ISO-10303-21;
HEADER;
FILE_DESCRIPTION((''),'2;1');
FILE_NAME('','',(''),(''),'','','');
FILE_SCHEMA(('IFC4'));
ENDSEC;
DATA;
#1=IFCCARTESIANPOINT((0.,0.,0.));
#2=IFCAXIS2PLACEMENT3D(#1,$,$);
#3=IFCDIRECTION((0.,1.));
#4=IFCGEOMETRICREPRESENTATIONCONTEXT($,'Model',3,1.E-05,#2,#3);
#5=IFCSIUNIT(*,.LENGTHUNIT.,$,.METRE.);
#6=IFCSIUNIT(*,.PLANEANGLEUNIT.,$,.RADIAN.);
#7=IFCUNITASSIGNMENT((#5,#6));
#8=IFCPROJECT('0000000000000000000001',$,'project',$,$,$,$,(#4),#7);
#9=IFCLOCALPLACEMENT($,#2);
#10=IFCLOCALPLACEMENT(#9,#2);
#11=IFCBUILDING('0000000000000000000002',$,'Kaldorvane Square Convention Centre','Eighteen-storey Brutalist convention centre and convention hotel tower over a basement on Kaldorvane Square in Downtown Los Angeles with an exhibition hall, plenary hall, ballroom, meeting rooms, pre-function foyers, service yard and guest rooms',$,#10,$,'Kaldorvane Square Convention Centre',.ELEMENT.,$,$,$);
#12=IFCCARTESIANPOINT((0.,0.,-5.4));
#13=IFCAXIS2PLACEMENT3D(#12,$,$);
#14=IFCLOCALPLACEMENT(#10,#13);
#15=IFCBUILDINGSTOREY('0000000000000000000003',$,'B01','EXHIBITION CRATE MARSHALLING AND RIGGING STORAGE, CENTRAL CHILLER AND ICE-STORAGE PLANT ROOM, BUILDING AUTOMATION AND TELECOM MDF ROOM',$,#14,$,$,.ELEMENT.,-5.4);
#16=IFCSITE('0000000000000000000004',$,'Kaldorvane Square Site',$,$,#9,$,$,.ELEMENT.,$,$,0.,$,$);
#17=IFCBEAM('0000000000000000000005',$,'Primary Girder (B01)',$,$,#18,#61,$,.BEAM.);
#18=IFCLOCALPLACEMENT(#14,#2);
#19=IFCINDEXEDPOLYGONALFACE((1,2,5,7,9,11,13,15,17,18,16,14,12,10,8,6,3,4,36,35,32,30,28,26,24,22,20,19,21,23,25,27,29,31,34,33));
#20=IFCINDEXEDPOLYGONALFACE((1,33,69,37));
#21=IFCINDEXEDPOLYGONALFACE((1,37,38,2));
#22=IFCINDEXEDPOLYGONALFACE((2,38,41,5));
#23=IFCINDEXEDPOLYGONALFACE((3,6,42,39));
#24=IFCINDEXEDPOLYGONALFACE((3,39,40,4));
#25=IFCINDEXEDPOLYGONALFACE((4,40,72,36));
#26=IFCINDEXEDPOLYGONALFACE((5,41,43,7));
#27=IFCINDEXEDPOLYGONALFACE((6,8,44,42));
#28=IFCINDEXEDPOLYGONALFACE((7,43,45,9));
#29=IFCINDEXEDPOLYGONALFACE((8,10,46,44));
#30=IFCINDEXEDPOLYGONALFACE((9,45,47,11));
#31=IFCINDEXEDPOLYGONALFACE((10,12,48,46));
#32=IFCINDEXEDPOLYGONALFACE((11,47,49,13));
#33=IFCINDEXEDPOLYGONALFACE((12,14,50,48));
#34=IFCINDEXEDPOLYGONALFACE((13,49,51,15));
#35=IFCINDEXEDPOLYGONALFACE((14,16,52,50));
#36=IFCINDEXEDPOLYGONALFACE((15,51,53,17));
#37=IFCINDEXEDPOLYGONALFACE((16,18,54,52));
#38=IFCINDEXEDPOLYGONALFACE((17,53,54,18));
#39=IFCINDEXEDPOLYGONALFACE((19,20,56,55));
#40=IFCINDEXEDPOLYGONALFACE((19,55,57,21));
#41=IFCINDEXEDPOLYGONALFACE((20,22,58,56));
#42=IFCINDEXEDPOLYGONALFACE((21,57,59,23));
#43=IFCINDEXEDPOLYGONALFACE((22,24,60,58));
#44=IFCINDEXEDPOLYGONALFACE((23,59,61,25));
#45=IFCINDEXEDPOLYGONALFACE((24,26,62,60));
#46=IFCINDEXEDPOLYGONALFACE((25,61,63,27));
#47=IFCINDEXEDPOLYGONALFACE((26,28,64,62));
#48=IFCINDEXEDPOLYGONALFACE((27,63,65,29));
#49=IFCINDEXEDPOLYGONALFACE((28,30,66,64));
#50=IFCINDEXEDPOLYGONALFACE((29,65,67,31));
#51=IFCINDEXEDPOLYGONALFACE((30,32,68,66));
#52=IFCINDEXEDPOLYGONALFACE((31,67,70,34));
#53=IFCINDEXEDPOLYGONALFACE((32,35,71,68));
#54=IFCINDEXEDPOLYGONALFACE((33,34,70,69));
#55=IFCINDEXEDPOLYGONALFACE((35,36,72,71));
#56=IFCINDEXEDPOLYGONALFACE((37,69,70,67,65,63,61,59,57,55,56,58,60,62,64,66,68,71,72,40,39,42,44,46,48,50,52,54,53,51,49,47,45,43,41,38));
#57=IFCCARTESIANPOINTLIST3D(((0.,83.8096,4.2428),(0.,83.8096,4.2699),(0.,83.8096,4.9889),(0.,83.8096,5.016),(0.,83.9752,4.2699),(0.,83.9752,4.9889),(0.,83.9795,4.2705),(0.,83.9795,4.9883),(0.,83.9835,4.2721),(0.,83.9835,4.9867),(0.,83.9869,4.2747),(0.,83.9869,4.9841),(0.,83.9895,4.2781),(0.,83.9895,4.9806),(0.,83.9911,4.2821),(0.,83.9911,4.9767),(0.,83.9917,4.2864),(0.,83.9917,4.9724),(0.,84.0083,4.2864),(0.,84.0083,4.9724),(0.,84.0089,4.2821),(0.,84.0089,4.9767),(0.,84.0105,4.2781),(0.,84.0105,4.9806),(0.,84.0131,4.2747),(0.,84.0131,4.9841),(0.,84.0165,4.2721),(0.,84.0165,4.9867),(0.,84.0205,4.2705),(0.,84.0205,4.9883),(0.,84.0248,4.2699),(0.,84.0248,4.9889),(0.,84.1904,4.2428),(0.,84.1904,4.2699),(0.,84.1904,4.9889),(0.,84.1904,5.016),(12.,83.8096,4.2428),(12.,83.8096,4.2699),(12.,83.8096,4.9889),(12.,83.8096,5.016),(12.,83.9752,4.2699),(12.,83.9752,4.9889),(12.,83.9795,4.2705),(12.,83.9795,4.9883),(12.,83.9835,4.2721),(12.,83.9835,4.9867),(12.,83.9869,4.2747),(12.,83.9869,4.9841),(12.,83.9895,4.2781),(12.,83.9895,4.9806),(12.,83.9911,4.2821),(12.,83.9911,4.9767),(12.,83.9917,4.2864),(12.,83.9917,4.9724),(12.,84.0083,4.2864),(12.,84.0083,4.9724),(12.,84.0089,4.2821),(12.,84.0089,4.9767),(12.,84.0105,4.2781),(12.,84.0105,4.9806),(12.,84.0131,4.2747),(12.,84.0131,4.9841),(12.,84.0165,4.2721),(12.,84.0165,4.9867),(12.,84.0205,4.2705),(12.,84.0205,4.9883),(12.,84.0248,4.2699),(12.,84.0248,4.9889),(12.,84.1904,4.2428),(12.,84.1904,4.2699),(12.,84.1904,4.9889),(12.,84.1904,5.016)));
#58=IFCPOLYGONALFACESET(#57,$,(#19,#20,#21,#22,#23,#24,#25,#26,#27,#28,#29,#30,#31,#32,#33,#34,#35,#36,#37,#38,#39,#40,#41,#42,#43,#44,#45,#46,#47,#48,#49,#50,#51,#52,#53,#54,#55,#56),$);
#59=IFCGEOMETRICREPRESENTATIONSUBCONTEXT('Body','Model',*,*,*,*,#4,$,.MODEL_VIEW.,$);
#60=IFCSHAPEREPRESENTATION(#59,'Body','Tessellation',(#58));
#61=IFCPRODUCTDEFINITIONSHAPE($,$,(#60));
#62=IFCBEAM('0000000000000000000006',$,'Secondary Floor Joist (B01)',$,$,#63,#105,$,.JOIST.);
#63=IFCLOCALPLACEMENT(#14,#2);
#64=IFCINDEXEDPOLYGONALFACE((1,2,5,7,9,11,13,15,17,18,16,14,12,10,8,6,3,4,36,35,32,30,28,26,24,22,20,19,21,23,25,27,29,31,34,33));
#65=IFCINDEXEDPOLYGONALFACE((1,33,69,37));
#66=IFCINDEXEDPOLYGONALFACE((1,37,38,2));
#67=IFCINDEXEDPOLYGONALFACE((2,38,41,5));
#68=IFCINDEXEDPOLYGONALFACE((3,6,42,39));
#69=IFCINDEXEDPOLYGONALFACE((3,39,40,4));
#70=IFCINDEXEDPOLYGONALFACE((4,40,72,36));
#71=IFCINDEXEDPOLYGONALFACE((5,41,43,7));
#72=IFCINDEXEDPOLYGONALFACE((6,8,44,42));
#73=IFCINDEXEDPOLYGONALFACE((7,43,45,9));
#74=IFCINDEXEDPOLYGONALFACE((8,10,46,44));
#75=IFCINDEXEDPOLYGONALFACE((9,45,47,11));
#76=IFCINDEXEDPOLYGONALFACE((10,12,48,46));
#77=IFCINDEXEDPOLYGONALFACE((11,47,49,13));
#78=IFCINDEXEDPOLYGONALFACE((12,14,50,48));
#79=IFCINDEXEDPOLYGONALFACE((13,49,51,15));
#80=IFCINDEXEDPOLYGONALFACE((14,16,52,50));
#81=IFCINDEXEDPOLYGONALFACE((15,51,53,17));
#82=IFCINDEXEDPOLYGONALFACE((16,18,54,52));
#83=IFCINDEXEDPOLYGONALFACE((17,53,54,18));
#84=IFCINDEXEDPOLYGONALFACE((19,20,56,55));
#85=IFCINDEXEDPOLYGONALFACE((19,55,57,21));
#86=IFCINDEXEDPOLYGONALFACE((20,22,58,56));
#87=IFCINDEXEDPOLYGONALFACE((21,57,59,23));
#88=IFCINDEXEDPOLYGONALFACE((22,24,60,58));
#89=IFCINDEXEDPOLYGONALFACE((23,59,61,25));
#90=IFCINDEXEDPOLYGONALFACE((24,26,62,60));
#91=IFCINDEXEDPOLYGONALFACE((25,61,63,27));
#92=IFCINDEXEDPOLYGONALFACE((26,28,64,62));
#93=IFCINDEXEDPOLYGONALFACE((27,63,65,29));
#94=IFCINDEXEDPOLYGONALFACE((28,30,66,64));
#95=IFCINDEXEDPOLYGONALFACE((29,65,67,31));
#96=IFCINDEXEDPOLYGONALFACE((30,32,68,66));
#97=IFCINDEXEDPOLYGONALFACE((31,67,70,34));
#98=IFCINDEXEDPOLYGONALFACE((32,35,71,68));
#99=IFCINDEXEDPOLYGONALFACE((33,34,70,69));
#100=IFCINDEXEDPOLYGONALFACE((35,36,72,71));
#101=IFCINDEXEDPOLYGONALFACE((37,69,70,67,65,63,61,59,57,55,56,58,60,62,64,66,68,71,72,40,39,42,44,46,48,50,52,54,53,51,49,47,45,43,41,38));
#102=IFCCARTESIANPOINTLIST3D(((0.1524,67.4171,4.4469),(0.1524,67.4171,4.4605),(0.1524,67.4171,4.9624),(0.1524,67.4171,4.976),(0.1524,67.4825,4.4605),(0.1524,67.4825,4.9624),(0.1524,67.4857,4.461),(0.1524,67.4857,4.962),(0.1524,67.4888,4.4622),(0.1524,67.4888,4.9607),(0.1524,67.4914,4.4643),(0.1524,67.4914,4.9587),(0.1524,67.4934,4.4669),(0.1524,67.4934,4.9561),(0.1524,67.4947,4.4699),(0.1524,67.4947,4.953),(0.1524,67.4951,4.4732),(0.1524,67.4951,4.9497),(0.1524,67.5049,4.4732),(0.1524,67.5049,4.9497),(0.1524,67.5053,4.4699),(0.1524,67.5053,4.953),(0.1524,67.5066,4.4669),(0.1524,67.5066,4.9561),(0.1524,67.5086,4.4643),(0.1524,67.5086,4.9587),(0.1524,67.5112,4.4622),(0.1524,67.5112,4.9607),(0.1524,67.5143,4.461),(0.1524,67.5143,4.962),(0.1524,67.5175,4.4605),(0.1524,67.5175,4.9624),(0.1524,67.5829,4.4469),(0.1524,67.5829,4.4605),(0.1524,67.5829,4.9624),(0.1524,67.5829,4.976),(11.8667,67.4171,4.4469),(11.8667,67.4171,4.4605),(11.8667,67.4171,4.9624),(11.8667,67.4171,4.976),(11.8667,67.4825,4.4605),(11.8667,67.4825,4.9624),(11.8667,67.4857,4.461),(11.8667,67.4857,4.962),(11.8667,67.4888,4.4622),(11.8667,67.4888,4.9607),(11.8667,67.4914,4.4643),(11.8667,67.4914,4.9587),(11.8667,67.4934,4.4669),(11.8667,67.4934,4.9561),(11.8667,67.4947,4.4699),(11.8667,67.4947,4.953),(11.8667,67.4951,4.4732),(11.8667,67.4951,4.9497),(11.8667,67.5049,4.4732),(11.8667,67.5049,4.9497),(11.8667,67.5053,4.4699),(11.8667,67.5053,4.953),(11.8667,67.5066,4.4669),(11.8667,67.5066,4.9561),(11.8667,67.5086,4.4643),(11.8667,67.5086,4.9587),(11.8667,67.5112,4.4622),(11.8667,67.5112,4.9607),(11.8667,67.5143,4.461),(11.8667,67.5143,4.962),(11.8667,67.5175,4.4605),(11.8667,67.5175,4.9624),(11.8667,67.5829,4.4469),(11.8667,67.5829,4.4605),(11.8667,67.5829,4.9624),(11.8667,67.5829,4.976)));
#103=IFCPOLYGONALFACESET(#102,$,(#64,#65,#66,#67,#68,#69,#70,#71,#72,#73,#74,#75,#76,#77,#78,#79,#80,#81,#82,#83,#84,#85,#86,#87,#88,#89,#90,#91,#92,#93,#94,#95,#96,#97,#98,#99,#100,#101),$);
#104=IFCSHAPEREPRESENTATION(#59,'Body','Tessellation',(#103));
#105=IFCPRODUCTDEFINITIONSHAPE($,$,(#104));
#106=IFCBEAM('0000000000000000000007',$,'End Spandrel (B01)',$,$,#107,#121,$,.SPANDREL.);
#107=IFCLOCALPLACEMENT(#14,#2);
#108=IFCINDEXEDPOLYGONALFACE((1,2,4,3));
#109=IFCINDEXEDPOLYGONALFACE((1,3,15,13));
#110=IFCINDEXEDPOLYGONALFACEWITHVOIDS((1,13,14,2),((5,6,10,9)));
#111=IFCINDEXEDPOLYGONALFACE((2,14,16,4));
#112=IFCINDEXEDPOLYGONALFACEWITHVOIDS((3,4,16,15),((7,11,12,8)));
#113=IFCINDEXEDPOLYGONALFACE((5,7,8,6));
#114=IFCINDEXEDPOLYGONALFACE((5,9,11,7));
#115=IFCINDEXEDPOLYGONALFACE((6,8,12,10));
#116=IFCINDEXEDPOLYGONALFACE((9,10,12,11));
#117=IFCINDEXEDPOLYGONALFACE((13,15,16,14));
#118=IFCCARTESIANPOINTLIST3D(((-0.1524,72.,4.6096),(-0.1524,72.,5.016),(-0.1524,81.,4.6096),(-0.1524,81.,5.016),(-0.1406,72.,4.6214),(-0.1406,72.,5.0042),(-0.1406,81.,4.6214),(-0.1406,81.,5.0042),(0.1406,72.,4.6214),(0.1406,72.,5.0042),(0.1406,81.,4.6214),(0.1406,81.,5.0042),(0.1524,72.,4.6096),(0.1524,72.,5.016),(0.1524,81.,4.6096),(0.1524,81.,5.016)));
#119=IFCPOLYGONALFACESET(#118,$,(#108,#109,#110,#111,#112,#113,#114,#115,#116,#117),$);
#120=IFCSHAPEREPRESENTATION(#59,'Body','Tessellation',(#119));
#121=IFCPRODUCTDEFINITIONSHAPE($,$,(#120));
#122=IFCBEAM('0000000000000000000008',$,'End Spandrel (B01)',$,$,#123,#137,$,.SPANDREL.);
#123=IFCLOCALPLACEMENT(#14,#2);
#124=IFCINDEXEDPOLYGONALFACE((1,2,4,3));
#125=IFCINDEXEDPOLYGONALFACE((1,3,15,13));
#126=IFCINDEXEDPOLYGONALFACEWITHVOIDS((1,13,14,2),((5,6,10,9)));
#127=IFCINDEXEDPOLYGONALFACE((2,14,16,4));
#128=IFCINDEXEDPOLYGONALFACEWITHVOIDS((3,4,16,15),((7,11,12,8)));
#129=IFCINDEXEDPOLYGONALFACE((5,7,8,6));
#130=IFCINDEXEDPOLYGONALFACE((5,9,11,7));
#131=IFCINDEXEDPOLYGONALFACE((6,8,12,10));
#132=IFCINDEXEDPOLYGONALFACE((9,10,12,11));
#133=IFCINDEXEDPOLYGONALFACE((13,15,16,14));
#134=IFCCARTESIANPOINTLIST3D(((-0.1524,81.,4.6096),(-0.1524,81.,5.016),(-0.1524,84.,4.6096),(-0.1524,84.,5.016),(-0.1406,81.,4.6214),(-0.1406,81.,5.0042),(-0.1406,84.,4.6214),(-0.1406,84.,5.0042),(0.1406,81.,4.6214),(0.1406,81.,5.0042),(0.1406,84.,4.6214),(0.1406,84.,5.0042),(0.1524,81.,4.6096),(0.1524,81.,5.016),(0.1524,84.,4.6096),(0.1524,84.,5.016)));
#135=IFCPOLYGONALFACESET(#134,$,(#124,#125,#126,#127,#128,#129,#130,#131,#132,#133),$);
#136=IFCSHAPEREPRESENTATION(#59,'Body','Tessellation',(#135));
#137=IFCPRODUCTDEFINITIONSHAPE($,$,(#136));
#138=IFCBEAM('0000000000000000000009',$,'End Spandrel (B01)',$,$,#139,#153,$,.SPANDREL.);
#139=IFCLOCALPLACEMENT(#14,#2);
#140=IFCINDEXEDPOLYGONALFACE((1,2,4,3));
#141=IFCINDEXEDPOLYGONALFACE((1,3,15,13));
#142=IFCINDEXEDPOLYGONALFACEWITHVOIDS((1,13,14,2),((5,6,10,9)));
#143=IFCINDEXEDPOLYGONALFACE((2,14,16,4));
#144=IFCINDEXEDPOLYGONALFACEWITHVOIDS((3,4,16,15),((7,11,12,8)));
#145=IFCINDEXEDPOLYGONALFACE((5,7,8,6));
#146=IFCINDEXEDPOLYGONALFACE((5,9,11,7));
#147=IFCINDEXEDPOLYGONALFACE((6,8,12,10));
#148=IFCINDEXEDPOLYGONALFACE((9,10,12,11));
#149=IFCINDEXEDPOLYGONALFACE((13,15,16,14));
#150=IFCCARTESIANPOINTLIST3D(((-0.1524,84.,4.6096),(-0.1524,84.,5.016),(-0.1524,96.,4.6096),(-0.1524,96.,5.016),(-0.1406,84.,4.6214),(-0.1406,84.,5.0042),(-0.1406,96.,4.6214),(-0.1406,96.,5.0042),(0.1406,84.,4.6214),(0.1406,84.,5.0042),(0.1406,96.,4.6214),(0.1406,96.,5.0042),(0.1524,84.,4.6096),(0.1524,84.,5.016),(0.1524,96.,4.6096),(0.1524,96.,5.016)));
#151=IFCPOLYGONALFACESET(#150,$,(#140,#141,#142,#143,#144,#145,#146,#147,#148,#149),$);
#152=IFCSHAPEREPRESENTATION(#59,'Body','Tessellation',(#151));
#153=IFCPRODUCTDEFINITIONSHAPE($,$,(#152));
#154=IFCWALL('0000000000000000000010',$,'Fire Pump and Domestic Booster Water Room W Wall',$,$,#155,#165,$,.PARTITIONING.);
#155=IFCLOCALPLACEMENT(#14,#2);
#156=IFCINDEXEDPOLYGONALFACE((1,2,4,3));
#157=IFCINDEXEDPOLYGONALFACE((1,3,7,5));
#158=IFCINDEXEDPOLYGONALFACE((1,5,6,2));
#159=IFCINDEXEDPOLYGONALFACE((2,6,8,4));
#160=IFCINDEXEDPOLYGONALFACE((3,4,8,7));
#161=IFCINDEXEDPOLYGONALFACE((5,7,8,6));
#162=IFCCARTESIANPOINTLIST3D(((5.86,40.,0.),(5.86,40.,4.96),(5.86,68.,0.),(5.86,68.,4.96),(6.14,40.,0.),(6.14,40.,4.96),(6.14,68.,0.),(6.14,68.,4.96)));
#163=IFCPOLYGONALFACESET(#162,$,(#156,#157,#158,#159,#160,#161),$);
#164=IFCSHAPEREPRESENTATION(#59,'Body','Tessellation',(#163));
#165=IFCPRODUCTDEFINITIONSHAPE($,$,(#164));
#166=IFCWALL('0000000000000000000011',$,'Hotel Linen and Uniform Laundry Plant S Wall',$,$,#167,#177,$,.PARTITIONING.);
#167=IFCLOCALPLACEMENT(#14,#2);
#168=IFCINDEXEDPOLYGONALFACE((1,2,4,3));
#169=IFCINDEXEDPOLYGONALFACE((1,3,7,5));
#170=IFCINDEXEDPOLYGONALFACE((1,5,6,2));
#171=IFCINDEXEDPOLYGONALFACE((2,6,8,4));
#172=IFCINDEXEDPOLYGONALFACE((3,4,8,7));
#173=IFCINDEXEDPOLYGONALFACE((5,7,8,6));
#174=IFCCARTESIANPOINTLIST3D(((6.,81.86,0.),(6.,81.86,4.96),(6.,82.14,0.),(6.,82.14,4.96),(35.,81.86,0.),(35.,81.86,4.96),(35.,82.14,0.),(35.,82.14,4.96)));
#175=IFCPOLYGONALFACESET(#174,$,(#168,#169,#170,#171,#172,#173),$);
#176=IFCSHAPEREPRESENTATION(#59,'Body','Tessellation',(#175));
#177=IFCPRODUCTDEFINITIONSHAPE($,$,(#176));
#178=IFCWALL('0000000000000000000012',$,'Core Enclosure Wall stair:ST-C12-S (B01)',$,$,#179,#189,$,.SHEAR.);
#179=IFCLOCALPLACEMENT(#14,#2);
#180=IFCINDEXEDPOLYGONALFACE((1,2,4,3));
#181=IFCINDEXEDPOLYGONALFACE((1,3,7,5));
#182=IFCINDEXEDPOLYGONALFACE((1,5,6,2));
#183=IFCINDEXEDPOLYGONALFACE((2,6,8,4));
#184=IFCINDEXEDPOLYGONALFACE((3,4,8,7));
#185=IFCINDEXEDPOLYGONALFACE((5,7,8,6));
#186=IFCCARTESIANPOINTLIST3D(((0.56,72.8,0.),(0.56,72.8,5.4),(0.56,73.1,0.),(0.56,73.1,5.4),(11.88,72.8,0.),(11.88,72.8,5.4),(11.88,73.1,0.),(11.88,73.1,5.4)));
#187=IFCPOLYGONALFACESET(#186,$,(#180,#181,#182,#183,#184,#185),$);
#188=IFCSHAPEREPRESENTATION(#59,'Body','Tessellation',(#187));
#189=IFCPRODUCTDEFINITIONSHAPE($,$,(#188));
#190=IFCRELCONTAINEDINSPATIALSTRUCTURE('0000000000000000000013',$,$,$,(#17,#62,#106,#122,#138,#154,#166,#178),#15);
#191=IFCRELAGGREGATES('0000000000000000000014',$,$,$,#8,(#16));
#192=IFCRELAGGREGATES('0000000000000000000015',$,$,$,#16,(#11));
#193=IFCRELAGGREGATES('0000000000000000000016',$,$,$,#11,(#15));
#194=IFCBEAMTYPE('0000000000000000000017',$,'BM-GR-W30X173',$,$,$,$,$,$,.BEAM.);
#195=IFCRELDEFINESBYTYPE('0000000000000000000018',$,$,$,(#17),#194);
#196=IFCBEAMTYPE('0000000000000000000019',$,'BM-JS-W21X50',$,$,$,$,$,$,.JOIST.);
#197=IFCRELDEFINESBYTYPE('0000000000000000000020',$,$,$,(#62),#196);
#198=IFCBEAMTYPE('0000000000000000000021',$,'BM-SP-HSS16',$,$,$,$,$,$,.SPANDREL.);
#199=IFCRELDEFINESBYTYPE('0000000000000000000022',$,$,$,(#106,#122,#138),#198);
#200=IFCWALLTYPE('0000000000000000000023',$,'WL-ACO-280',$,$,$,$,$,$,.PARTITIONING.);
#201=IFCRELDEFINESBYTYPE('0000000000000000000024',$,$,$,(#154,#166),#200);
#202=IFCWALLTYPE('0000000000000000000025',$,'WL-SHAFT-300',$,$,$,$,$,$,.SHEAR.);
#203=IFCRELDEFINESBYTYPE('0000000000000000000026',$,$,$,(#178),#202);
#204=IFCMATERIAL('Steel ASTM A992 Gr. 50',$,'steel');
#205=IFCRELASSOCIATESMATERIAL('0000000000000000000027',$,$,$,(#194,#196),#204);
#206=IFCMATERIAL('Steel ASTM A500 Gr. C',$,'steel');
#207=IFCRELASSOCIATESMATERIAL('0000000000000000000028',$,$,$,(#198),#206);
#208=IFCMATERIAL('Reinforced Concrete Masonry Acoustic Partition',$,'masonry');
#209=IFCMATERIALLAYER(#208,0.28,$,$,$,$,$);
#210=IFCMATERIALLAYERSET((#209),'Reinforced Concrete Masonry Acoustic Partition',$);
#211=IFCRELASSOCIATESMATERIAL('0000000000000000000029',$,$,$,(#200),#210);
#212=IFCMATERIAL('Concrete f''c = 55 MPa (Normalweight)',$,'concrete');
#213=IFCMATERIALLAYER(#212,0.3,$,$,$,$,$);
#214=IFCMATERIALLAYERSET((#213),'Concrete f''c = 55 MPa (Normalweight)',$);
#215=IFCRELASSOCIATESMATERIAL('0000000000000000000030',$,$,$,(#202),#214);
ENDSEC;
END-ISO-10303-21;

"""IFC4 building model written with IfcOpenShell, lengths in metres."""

from ifc_helpers import new_model, si_unit, direction, frame, frame_2d, origin, origin_2d, place, context, subcontext, project, spatial, rectangle, hollow_rectangle, i_section, extrude, material, layer, layer_set, material_profile, profile_set, type_object, element, save


model = new_model("IFC4")

# Units and contexts
model_context = context("Model", 3, precision=1e-05, world=origin(), true_north=direction((0.0, 1.0)))
body_context = subcontext(model_context, "Body", "Model", "MODEL_VIEW")
ifc_project = project(units=[si_unit("LENGTHUNIT", "METRE"), si_unit("PLANEANGLEUNIT", "RADIAN")], contexts=[model_context])

# Site, building, storey
site_placement = place(None, origin())
site = spatial("IfcSite", under=ifc_project, at=site_placement, Name="Kaldorvane Square Site", CompositionType="ELEMENT", RefElevation=0.0)
building_placement = place(site_placement, origin())
building = spatial("IfcBuilding", under=site, at=building_placement, Name="Kaldorvane Square Convention Centre", Description="Eighteen-storey Brutalist convention centre and convention hotel tower over a basement on Kaldorvane Square in Downtown Los Angeles with an exhibition hall, plenary hall, ballroom, meeting rooms, pre-function foyers, service yard and guest rooms", LongName="Kaldorvane Square Convention Centre", CompositionType="ELEMENT")
storey_placement = place(building_placement, frame((0.0, 0.0, -5.4)))
storey = spatial("IfcBuildingStorey", under=building, at=storey_placement, Name="B01", Description="EXHIBITION CRATE MARSHALLING AND RIGGING STORAGE, CENTRAL CHILLER AND ICE-STORAGE PLANT ROOM, BUILDING AUTOMATION AND TELECOM MDF ROOM", CompositionType="ELEMENT", Elevation=-5.4)

# Shared definitions
ifc_material_1 = material(Name="Steel ASTM A500 Gr. C", Category="steel")
ifc_material_2 = material(Name="Steel ASTM A992 Gr. 50", Category="steel")

# Beams
ifc_material_profile_1 = material_profile(ifc_material_2, i_section(OverallWidth=0.3807, OverallDepth=0.7732, WebThickness=0.0166, FlangeThickness=0.0271, FilletRadius=0.0165, at=origin_2d()), Name="W30X173")
ifc_profile_set_1 = profile_set([ifc_material_profile_1], Name="Steel ASTM A992 Gr. 50")
beam_type_1 = type_object("IfcBeamType", Name="BM-GR-W30X173", PredefinedType="BEAM", material=ifc_profile_set_1)
for number, where, z_axis, x_axis, name in (
    (1, (0.0, 84.0, 4.6294), (1.0, 0.0, 0.0), (0.0, 1.0, 0.0), "Primary Girder (B01)"),
):
    element("IfcBeam", number, at=place(storey_placement, frame(where, z_axis=z_axis, x_axis=x_axis)), inside=storey, type_object=beam_type_1, Name=name, PredefinedType="BEAM", context=body_context, shape_type="SweptSolid", body=[
        extrude(i_section(OverallWidth=0.3807, OverallDepth=0.7732, WebThickness=0.0166, FlangeThickness=0.0271, FilletRadius=0.0165, at=origin_2d()), origin(), (0.0, 0.0, 1.0), 12.0),
    ])
ifc_material_profile_2 = material_profile(ifc_material_2, i_section(OverallWidth=0.1659, OverallDepth=0.5291, WebThickness=0.0097, FlangeThickness=0.0136, FilletRadius=0.0127, at=origin_2d()), Name="W21X50")
ifc_profile_set_2 = profile_set([ifc_material_profile_2], Name="Steel ASTM A992 Gr. 50")
beam_type_2 = type_object("IfcBeamType", Name="BM-JS-W21X50", PredefinedType="JOIST", material=ifc_profile_set_2)
beam_1_placement = place(storey_placement, frame((0.1524, 67.5, 4.7115), z_axis=(1.0, 0.0, 0.0), x_axis=(0.0, 1.0, 0.0)))
element("IfcBeam", 2, at=beam_1_placement, inside=storey, type_object=beam_type_2, Name="Secondary Floor Joist (B01)", PredefinedType="JOIST", context=body_context, shape_type="SweptSolid", body=[
    extrude(i_section(OverallWidth=0.1659, OverallDepth=0.5291, WebThickness=0.0097, FlangeThickness=0.0136, FilletRadius=0.0127, at=origin_2d()), origin(), (0.0, 0.0, 1.0), 11.7143),
])
ifc_material_profile_3 = material_profile(ifc_material_1, hollow_rectangle(XDim=0.3048, YDim=0.4064, WallThickness=0.0118, at=origin_2d()), Name="HSS16X12X1/2")
ifc_profile_set_3 = profile_set([ifc_material_profile_3], Name="Steel ASTM A500 Gr. C")
beam_type_3 = type_object("IfcBeamType", Name="BM-SP-HSS16", PredefinedType="SPANDREL", material=ifc_profile_set_3)
beam_2_placement = place(storey_placement, frame((0.0, 72.0, 4.8128), z_axis=(0.0, 1.0, 0.0), x_axis=(-1.0, 0.0, 0.0)))
element("IfcBeam", 3, at=beam_2_placement, inside=storey, type_object=beam_type_3, Name="End Spandrel (B01)", PredefinedType="SPANDREL", context=body_context, shape_type="SweptSolid", body=[
    extrude(hollow_rectangle(XDim=0.3048, YDim=0.4064, WallThickness=0.0118, at=origin_2d()), origin(), (0.0, 0.0, 1.0), 9.0),
])
beam_3_placement = place(storey_placement, frame((0.0, 81.0, 4.8128), z_axis=(0.0, 1.0, 0.0), x_axis=(-1.0, 0.0, 0.0)))
element("IfcBeam", 4, at=beam_3_placement, inside=storey, type_object=beam_type_3, Name="End Spandrel (B01)", PredefinedType="SPANDREL", context=body_context, shape_type="SweptSolid", body=[
    extrude(hollow_rectangle(XDim=0.3048, YDim=0.4064, WallThickness=0.0118, at=origin_2d()), origin(), (0.0, 0.0, 1.0), 3.0),
])
beam_4_placement = place(storey_placement, frame((0.0, 84.0, 4.8128), z_axis=(0.0, 1.0, 0.0), x_axis=(-1.0, 0.0, 0.0)))
element("IfcBeam", 5, at=beam_4_placement, inside=storey, type_object=beam_type_3, Name="End Spandrel (B01)", PredefinedType="SPANDREL", context=body_context, shape_type="SweptSolid", body=[
    extrude(hollow_rectangle(XDim=0.3048, YDim=0.4064, WallThickness=0.0118, at=origin_2d()), origin(), (0.0, 0.0, 1.0), 12.0),
])

# Walls
ifc_material_3 = material(Name="Reinforced Concrete Masonry Acoustic Partition", Category="masonry")
ifc_layer_1 = layer(ifc_material_3, 0.28)
ifc_layer_set_1 = layer_set([ifc_layer_1], Name="Reinforced Concrete Masonry Acoustic Partition")
wall_type_1 = type_object("IfcWallType", Name="WL-ACO-280", PredefinedType="PARTITIONING", material=ifc_layer_set_1)
wall_1_placement = place(storey_placement, frame((6.0, 68.0, 0.0), z_axis=(0.0, 0.0, 1.0), x_axis=(0.0, -1.0, 0.0)))
element("IfcWall", 6, at=wall_1_placement, inside=storey, type_object=wall_type_1, Name="Fire Pump and Domestic Booster Water Room W Wall", PredefinedType="PARTITIONING", context=body_context, shape_type="SweptSolid", body=[
    extrude(rectangle(XDim=28.0, YDim=0.28, at=frame_2d((14.0, 0.0))), origin(), (0.0, 0.0, 1.0), 4.96),
])
wall_2_placement = place(storey_placement, frame((6.0, 82.0, 0.0), z_axis=(0.0, 0.0, 1.0), x_axis=(1.0, 0.0, 0.0)))
element("IfcWall", 7, at=wall_2_placement, inside=storey, type_object=wall_type_1, Name="Hotel Linen and Uniform Laundry Plant S Wall", PredefinedType="PARTITIONING", context=body_context, shape_type="SweptSolid", body=[
    extrude(rectangle(XDim=29.0, YDim=0.28, at=frame_2d((14.5, 0.0))), origin(), (0.0, 0.0, 1.0), 4.96),
])
ifc_material_4 = material(Name="Concrete f'c = 55 MPa (Normalweight)", Category="concrete")
ifc_layer_2 = layer(ifc_material_4, 0.3)
ifc_layer_set_2 = layer_set([ifc_layer_2], Name="Concrete f'c = 55 MPa (Normalweight)")
wall_type_2 = type_object("IfcWallType", Name="WL-SHAFT-300", PredefinedType="SHEAR", material=ifc_layer_set_2)
wall_3_placement = place(storey_placement, frame((0.56, 72.95, 0.0), z_axis=(0.0, 0.0, 1.0), x_axis=(1.0, 0.0, 0.0)))
element("IfcWall", 8, at=wall_3_placement, inside=storey, type_object=wall_type_2, Name="Core Enclosure Wall stair:ST-C12-S (B01)", PredefinedType="SHEAR", context=body_context, shape_type="SweptSolid", body=[
    extrude(rectangle(XDim=11.32, YDim=0.3, at=frame_2d((5.66, 0.0))), origin(), (0.0, 0.0, 1.0), 5.4),
])

save(model, "model.ifc")
